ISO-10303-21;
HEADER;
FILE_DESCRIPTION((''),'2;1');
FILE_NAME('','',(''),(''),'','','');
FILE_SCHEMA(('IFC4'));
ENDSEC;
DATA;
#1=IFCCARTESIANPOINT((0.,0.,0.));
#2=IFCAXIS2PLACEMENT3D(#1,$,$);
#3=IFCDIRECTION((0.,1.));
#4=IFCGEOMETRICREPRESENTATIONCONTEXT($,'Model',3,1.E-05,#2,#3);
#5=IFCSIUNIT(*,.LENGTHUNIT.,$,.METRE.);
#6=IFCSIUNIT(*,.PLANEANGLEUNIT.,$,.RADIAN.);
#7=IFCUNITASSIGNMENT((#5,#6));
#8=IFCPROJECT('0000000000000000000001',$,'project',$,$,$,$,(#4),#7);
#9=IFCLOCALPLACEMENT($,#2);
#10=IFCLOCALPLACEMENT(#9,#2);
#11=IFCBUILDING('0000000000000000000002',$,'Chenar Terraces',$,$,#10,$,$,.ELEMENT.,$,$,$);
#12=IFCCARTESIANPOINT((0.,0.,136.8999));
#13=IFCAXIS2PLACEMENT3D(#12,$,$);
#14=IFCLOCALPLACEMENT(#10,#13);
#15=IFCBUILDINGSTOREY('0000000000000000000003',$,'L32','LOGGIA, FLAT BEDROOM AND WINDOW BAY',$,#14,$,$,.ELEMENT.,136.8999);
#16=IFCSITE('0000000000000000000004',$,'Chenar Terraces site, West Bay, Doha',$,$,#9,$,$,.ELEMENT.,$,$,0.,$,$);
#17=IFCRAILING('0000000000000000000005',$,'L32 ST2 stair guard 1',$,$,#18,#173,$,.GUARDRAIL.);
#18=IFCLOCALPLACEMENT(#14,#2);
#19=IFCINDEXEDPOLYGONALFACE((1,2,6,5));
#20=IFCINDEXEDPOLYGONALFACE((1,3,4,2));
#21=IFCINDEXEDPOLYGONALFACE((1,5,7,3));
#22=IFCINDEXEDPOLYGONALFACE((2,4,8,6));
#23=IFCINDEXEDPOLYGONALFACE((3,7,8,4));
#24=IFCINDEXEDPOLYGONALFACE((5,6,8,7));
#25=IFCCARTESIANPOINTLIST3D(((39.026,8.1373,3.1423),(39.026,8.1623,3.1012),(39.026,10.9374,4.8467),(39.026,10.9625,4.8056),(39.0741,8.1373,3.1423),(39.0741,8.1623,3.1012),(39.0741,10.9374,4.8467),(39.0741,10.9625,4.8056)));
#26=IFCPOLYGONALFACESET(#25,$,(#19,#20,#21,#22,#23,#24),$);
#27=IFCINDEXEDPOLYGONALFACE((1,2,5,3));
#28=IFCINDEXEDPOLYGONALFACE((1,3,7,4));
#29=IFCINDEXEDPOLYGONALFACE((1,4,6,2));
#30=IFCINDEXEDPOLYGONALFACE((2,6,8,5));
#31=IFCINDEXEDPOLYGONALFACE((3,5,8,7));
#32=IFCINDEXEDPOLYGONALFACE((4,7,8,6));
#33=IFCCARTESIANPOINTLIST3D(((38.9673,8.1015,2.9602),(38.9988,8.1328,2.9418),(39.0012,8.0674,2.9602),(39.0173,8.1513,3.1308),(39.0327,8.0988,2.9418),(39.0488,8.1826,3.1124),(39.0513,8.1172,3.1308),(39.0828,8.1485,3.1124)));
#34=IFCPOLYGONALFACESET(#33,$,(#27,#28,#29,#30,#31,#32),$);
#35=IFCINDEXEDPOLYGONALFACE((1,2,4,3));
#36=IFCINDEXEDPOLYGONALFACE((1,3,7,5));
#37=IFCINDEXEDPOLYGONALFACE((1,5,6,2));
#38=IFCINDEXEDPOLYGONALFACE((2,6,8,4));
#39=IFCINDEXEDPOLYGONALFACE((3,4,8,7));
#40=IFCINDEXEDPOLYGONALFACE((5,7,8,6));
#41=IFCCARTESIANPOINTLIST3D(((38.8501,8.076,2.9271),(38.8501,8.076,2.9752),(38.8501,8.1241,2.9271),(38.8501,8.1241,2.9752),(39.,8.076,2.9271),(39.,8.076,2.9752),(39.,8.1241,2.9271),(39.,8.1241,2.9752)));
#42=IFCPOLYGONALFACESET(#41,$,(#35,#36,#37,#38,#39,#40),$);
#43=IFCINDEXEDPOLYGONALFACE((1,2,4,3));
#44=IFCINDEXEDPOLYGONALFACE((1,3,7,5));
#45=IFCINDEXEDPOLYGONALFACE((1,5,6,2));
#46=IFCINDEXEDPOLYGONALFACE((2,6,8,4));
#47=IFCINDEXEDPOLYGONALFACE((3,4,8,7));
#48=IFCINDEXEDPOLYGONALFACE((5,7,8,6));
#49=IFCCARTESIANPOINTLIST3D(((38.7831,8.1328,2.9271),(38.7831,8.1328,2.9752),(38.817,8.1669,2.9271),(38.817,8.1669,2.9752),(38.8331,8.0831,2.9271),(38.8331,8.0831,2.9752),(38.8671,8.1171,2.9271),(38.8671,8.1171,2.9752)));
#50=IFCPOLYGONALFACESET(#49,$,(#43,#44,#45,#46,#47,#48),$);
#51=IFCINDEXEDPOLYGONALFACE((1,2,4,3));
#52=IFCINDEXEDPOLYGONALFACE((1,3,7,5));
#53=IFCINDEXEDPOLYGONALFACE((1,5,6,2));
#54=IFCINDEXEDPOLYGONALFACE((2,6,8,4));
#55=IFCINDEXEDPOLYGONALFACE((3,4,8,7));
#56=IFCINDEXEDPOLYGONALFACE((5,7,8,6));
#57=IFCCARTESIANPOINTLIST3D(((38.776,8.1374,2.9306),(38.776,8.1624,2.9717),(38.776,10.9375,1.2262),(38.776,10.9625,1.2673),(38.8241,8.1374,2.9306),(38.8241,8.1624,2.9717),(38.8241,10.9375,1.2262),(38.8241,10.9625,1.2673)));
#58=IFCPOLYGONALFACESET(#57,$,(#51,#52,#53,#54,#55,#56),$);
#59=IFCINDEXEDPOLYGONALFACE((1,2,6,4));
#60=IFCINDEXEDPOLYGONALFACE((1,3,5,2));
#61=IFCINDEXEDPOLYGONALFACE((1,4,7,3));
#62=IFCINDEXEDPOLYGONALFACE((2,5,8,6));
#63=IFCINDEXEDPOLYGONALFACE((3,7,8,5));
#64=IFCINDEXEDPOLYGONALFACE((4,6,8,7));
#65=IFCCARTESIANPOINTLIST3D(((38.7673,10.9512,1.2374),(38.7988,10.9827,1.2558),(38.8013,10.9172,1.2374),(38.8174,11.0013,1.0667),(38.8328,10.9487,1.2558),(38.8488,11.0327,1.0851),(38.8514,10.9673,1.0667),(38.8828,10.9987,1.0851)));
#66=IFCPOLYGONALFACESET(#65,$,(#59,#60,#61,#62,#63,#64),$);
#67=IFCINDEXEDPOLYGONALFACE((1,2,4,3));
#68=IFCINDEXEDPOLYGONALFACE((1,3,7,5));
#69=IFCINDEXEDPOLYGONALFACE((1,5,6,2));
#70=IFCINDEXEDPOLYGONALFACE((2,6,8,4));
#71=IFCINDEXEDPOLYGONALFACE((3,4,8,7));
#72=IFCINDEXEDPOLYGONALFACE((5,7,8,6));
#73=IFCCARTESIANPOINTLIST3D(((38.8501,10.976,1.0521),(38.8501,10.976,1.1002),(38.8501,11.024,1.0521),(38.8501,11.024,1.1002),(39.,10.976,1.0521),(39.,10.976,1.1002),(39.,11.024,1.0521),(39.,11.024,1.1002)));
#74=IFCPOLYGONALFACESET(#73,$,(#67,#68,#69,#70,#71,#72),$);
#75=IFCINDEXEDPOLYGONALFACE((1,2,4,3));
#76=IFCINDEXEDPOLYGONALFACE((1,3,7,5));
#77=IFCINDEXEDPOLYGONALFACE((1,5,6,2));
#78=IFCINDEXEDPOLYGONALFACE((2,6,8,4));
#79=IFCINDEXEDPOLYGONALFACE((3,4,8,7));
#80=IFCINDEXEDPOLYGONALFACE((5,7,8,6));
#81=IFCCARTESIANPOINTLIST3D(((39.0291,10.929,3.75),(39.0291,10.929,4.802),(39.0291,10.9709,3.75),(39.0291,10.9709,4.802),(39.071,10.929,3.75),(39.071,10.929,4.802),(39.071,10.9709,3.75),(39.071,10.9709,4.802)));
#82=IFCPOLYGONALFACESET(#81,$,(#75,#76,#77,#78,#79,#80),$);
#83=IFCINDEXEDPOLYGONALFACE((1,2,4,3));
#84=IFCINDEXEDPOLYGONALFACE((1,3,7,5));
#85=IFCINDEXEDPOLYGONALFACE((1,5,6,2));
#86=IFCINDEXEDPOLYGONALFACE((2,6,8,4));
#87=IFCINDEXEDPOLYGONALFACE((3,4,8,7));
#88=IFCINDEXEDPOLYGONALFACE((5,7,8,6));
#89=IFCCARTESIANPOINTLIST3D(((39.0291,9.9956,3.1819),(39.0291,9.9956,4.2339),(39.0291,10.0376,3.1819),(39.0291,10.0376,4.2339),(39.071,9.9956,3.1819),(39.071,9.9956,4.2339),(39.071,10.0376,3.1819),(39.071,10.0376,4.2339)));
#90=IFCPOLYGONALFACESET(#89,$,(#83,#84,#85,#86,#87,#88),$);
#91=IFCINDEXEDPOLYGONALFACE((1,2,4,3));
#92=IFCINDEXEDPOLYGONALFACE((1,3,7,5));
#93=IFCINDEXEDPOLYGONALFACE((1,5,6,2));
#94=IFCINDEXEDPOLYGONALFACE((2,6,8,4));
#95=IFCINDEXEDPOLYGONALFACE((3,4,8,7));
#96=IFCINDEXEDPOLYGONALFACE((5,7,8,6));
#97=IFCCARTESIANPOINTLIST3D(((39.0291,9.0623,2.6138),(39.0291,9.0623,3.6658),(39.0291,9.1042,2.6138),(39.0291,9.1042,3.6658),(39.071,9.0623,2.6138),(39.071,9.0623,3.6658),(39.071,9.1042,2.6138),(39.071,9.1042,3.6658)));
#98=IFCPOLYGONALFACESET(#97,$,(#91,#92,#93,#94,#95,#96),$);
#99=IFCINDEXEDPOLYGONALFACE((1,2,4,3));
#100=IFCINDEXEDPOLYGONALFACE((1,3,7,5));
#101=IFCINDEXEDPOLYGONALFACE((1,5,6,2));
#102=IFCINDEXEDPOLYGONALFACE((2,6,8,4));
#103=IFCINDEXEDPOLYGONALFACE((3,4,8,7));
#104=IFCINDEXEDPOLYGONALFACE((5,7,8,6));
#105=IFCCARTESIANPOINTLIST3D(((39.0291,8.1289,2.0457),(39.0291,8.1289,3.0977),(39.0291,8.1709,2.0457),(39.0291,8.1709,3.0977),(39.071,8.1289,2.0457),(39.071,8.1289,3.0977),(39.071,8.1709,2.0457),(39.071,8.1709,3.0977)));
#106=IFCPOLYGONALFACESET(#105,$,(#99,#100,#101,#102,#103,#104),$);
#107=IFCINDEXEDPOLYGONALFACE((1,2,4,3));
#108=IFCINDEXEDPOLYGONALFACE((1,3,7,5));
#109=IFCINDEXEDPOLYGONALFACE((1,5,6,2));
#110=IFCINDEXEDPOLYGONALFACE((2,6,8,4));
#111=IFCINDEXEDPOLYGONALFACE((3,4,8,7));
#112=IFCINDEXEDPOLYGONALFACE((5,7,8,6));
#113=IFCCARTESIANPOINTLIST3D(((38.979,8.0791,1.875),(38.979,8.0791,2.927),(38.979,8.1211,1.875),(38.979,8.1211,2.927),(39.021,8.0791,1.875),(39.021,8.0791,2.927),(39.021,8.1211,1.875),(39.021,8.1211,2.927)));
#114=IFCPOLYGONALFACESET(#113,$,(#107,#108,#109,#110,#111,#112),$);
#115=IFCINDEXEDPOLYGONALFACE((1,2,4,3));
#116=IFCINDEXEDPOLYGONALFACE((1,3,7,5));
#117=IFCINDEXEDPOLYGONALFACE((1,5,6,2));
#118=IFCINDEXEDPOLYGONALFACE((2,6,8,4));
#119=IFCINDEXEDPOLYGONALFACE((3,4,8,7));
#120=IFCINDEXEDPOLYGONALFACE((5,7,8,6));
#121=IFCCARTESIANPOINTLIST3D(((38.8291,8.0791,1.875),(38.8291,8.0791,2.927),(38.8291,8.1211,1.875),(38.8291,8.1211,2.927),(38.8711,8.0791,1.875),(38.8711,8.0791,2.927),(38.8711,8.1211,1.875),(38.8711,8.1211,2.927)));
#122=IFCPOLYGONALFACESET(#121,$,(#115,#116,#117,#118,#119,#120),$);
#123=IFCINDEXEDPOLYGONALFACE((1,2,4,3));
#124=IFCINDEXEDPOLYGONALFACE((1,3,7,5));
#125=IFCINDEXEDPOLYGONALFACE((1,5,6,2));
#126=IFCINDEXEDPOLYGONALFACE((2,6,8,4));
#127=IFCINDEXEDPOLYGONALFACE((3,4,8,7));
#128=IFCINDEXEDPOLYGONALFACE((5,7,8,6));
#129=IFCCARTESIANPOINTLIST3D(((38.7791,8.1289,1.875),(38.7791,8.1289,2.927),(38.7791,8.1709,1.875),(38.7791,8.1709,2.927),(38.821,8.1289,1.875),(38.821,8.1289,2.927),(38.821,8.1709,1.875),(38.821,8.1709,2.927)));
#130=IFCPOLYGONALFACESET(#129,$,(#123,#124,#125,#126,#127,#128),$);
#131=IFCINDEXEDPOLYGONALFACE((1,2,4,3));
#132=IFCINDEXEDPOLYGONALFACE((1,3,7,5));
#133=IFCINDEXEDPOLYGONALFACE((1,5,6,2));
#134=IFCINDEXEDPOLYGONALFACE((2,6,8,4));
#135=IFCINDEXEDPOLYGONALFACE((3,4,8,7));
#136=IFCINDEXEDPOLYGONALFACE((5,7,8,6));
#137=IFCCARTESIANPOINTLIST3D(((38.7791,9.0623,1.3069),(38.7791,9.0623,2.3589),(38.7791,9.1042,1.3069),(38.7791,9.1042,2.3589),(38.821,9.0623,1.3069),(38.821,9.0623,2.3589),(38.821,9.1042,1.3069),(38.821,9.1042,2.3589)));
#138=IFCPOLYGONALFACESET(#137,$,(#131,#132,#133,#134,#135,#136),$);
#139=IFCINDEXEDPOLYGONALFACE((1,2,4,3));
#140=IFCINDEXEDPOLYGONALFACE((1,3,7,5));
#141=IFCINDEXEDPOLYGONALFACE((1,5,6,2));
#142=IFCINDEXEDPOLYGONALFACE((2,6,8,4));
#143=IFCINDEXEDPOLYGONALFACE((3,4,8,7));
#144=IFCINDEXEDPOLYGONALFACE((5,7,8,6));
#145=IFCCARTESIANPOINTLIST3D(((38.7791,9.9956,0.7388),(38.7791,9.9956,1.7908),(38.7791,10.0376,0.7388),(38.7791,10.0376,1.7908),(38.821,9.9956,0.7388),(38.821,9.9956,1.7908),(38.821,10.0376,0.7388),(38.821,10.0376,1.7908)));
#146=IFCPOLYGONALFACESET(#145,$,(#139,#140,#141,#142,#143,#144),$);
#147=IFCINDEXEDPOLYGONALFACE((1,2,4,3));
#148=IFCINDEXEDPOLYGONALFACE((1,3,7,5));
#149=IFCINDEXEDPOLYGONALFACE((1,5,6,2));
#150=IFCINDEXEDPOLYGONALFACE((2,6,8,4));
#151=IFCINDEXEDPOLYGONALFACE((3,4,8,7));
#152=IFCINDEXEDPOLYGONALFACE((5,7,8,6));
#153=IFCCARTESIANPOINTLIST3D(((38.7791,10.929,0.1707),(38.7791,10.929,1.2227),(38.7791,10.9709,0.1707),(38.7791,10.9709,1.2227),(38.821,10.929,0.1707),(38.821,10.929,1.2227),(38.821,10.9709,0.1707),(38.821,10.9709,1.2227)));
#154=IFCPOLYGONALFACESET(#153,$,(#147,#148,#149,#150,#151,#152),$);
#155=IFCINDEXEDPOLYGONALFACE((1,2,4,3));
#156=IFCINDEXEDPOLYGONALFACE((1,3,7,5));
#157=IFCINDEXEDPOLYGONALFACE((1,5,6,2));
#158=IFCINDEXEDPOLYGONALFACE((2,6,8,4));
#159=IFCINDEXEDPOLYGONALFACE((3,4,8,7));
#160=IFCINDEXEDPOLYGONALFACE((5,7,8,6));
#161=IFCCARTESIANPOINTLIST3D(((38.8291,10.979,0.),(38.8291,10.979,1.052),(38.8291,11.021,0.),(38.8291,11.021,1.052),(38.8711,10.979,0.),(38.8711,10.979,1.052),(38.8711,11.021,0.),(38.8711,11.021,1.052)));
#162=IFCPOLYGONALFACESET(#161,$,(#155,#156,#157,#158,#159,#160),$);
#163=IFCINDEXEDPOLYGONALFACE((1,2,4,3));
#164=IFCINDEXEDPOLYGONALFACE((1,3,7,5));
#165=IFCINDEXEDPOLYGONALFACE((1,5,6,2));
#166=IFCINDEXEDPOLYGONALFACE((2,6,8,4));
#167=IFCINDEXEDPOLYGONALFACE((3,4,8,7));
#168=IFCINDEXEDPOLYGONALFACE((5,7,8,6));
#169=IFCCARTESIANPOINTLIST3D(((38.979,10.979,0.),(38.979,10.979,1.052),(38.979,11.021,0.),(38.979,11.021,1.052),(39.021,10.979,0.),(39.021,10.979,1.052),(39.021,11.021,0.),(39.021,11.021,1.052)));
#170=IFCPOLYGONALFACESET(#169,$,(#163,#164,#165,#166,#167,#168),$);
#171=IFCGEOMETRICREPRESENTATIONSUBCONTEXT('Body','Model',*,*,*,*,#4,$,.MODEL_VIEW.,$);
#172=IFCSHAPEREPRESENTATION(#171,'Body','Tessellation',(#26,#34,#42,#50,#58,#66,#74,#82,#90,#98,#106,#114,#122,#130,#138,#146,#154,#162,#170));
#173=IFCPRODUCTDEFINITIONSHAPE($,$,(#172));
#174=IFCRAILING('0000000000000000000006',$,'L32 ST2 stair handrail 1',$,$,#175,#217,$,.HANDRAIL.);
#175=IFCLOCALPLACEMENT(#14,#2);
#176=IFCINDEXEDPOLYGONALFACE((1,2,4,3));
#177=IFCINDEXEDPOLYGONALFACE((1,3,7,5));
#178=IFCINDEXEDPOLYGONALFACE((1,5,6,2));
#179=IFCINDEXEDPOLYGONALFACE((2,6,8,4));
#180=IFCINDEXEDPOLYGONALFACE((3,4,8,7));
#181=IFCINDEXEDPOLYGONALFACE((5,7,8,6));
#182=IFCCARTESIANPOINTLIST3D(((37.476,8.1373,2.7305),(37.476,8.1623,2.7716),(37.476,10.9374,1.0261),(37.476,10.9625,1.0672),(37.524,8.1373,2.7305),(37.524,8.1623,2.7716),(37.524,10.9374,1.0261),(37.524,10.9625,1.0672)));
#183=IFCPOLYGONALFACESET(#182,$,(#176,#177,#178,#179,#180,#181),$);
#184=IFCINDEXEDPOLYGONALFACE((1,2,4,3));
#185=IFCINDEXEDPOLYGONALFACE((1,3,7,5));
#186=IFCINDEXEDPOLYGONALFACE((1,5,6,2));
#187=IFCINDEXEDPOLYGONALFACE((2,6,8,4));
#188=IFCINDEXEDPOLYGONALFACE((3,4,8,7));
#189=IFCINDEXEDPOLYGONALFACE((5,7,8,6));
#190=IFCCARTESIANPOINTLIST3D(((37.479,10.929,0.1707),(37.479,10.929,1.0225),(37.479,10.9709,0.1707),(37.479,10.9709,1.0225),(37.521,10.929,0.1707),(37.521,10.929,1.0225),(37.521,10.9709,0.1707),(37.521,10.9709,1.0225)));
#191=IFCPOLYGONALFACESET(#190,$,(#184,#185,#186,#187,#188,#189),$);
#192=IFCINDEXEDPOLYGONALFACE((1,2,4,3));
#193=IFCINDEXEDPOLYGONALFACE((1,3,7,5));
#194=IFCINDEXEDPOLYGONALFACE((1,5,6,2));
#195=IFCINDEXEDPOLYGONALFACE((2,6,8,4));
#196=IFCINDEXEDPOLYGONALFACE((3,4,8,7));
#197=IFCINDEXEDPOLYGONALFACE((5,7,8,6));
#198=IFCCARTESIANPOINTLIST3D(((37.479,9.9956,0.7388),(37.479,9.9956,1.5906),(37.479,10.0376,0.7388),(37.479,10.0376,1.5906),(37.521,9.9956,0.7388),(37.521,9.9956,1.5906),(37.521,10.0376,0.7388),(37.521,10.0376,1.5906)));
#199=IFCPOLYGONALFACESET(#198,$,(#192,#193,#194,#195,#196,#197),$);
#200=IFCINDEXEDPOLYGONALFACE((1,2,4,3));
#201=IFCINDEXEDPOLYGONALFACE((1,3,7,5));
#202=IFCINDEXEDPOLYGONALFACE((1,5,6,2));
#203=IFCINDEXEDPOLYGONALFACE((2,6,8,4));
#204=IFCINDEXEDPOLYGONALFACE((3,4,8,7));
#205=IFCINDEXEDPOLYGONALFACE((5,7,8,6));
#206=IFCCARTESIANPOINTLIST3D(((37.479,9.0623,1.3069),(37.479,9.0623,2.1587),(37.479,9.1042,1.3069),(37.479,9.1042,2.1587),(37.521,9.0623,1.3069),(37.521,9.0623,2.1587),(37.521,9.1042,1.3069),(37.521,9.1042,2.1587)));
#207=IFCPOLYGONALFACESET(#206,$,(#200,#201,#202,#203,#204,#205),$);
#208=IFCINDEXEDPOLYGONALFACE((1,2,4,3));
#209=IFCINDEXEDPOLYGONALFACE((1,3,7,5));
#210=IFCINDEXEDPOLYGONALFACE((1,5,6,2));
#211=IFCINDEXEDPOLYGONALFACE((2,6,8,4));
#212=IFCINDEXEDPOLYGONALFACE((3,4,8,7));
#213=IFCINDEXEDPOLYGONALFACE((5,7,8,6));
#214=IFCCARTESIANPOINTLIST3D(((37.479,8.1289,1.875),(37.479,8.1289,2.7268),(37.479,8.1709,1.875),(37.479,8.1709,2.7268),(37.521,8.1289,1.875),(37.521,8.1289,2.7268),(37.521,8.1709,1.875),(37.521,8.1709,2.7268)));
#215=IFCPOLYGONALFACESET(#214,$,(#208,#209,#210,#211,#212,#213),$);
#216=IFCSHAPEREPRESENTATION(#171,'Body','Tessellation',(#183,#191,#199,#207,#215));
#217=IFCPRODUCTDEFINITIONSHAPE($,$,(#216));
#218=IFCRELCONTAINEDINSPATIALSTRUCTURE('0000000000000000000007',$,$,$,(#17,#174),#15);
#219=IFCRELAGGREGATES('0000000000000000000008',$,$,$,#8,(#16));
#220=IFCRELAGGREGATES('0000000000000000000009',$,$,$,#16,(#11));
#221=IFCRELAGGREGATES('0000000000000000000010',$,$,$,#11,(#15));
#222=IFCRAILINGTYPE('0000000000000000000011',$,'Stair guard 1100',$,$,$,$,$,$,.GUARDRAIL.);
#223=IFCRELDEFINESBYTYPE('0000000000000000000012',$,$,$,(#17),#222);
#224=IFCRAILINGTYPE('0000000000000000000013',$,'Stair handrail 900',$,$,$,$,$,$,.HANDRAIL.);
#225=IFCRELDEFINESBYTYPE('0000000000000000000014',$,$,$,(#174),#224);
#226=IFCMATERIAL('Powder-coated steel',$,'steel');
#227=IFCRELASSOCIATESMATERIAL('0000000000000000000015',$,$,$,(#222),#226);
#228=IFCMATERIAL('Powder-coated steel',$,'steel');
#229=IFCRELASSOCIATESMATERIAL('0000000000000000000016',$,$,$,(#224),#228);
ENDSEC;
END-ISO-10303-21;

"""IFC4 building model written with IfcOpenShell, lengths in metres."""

from ifc_helpers import new_model, si_unit, direction, frame, origin, origin_2d, place, context, subcontext, project, spatial, rectangle, extrude, material, type_object, element, save


model = new_model("IFC4")

# Units and contexts
model_context = context("Model", 3, precision=1e-05, world=origin(), true_north=direction((0.0, 1.0)))
body_context = subcontext(model_context, "Body", "Model", "MODEL_VIEW")
ifc_project = project(units=[si_unit("LENGTHUNIT", "METRE"), si_unit("PLANEANGLEUNIT", "RADIAN")], contexts=[model_context])

# Site, building, storey
site_placement = place(None, origin())
site = spatial("IfcSite", under=ifc_project, at=site_placement, Name="Chenar Terraces site, West Bay, Doha", CompositionType="ELEMENT", RefElevation=0.0)
building_placement = place(site_placement, origin())
building = spatial("IfcBuilding", under=site, at=building_placement, Name="Chenar Terraces", CompositionType="ELEMENT")
storey_placement = place(building_placement, frame((0.0, 0.0, 136.8999)))
storey = spatial("IfcBuildingStorey", under=building, at=storey_placement, Name="L32", Description="LOGGIA, FLAT BEDROOM AND WINDOW BAY", CompositionType="ELEMENT", Elevation=136.8999)

# Railings
ifc_material_1 = material(Name="Powder-coated steel", Category="steel")
railing_type_1 = type_object("IfcRailingType", Name="Stair guard 1100", PredefinedType="GUARDRAIL", material=ifc_material_1)
railing_1_placement = place(storey_placement, frame((39.05, 10.95, 3.75)))
element("IfcRailing", 1, at=railing_1_placement, inside=storey, type_object=railing_type_1, Name="L32 ST2 stair guard 1", PredefinedType="GUARDRAIL", context=body_context, shape_type="SweptSolid", body=[
    extrude(rectangle(XDim=0.0481, YDim=0.0481, at=origin_2d()), frame((0.0, 0.0, 1.0762), z_axis=(0.0, -0.854203, -0.51994), x_axis=(1.0, 0.0, 0.0)), (0.0, 0.0, 1.0), 3.2781),
    extrude(rectangle(XDim=0.0481, YDim=0.0481, at=origin_2d()), frame((0.0, -2.8, -0.6284), z_axis=(-0.270997, -0.269675, -0.924033), x_axis=(0.705376, -0.708834, 0.0)), (0.0, 0.0, 1.0), 0.1846),
    extrude(rectangle(XDim=0.0481, YDim=0.0481, at=origin_2d()), frame((-0.05, -2.8499, -0.7988), z_axis=(-1.0, 0.0, 0.0), x_axis=(0.0, -1.0, 0.0)), (0.0, 0.0, 1.0), 0.1499),
    extrude(rectangle(XDim=0.0481, YDim=0.0481, at=origin_2d()), frame((-0.2, -2.8499, -0.7988), z_axis=(-0.708834, 0.705376, 0.0), x_axis=(-0.705376, -0.708834, 0.0)), (0.0, 0.0, 1.0), 0.0706),
    extrude(rectangle(XDim=0.0481, YDim=0.0481, at=origin_2d()), frame((-0.25, -2.8, -0.7988), z_axis=(0.0, 0.854203, -0.51994), x_axis=(-1.0, 0.0, 0.0)), (0.0, 0.0, 1.0), 3.2781),
    extrude(rectangle(XDim=0.0481, YDim=0.0481, at=origin_2d()), frame((-0.25, 0.0, -2.5034), z_axis=(0.2709, 0.2709, -0.923703), x_axis=(-0.707107, 0.707107, 0.0)), (0.0, 0.0, 1.0), 0.1848),
    extrude(rectangle(XDim=0.0481, YDim=0.0481, at=origin_2d()), frame((-0.2, 0.05, -2.6738), z_axis=(1.0, 0.0, 0.0), x_axis=(0.0, 1.0, 0.0)), (0.0, 0.0, 1.0), 0.1499),
    extrude(rectangle(XDim=0.042, YDim=0.042, at=origin_2d()), origin(), (0.0, 0.0, 1.0), 1.052),
    extrude(rectangle(XDim=0.042, YDim=0.042, at=origin_2d()), frame((0.0, -0.9333, -0.5681)), (0.0, 0.0, 1.0), 1.052),
    extrude(rectangle(XDim=0.042, YDim=0.042, at=origin_2d()), frame((0.0, -1.8667, -1.1362)), (0.0, 0.0, 1.0), 1.052),
    extrude(rectangle(XDim=0.042, YDim=0.042, at=origin_2d()), frame((0.0, -2.8, -1.7043)), (0.0, 0.0, 1.0), 1.052),
    extrude(rectangle(XDim=0.042, YDim=0.042, at=origin_2d()), frame((-0.05, -2.8499, -1.875)), (0.0, 0.0, 1.0), 1.052),
    extrude(rectangle(XDim=0.042, YDim=0.042, at=origin_2d()), frame((-0.2, -2.8499, -1.875)), (0.0, 0.0, 1.0), 1.052),
    extrude(rectangle(XDim=0.042, YDim=0.042, at=origin_2d()), frame((-0.25, -2.8, -1.875)), (0.0, 0.0, 1.0), 1.052),
    extrude(rectangle(XDim=0.042, YDim=0.042, at=origin_2d()), frame((-0.25, -1.8667, -2.4431)), (0.0, 0.0, 1.0), 1.052),
    extrude(rectangle(XDim=0.042, YDim=0.042, at=origin_2d()), frame((-0.25, -0.9333, -3.0112)), (0.0, 0.0, 1.0), 1.052),
    extrude(rectangle(XDim=0.042, YDim=0.042, at=origin_2d()), frame((-0.25, 0.0, -3.5793)), (0.0, 0.0, 1.0), 1.052),
    extrude(rectangle(XDim=0.042, YDim=0.042, at=origin_2d()), frame((-0.2, 0.05, -3.75)), (0.0, 0.0, 1.0), 1.052),
    extrude(rectangle(XDim=0.042, YDim=0.042, at=origin_2d()), frame((-0.05, 0.05, -3.75)), (0.0, 0.0, 1.0), 1.052),
])
ifc_material_2 = material(Name="Powder-coated steel", Category="steel")
railing_type_2 = type_object("IfcRailingType", Name="Stair handrail 900", PredefinedType="HANDRAIL", material=ifc_material_2)
railing_2_placement = place(storey_placement, frame((37.5, 10.95, 0.1707)))
element("IfcRailing", 2, at=railing_2_placement, inside=storey, type_object=railing_type_2, Name="L32 ST2 stair handrail 1", PredefinedType="HANDRAIL", context=body_context, shape_type="SweptSolid", body=[
    extrude(rectangle(XDim=0.0481, YDim=0.0481, at=origin_2d()), frame((0.0, 0.0, 0.876), z_axis=(0.0, -0.854203, 0.51994), x_axis=(1.0, 0.0, 0.0)), (0.0, 0.0, 1.0), 3.2781),
    extrude(rectangle(XDim=0.042, YDim=0.042, at=origin_2d()), origin(), (0.0, 0.0, 1.0), 0.8518),
    extrude(rectangle(XDim=0.042, YDim=0.042, at=origin_2d()), frame((0.0, -0.9333, 0.5681)), (0.0, 0.0, 1.0), 0.8518),
    extrude(rectangle(XDim=0.042, YDim=0.042, at=origin_2d()), frame((0.0, -1.8667, 1.1362)), (0.0, 0.0, 1.0), 0.8518),
    extrude(rectangle(XDim=0.042, YDim=0.042, at=origin_2d()), frame((0.0, -2.8, 1.7043)), (0.0, 0.0, 1.0), 0.8518),
])

save(model, "model.ifc")
